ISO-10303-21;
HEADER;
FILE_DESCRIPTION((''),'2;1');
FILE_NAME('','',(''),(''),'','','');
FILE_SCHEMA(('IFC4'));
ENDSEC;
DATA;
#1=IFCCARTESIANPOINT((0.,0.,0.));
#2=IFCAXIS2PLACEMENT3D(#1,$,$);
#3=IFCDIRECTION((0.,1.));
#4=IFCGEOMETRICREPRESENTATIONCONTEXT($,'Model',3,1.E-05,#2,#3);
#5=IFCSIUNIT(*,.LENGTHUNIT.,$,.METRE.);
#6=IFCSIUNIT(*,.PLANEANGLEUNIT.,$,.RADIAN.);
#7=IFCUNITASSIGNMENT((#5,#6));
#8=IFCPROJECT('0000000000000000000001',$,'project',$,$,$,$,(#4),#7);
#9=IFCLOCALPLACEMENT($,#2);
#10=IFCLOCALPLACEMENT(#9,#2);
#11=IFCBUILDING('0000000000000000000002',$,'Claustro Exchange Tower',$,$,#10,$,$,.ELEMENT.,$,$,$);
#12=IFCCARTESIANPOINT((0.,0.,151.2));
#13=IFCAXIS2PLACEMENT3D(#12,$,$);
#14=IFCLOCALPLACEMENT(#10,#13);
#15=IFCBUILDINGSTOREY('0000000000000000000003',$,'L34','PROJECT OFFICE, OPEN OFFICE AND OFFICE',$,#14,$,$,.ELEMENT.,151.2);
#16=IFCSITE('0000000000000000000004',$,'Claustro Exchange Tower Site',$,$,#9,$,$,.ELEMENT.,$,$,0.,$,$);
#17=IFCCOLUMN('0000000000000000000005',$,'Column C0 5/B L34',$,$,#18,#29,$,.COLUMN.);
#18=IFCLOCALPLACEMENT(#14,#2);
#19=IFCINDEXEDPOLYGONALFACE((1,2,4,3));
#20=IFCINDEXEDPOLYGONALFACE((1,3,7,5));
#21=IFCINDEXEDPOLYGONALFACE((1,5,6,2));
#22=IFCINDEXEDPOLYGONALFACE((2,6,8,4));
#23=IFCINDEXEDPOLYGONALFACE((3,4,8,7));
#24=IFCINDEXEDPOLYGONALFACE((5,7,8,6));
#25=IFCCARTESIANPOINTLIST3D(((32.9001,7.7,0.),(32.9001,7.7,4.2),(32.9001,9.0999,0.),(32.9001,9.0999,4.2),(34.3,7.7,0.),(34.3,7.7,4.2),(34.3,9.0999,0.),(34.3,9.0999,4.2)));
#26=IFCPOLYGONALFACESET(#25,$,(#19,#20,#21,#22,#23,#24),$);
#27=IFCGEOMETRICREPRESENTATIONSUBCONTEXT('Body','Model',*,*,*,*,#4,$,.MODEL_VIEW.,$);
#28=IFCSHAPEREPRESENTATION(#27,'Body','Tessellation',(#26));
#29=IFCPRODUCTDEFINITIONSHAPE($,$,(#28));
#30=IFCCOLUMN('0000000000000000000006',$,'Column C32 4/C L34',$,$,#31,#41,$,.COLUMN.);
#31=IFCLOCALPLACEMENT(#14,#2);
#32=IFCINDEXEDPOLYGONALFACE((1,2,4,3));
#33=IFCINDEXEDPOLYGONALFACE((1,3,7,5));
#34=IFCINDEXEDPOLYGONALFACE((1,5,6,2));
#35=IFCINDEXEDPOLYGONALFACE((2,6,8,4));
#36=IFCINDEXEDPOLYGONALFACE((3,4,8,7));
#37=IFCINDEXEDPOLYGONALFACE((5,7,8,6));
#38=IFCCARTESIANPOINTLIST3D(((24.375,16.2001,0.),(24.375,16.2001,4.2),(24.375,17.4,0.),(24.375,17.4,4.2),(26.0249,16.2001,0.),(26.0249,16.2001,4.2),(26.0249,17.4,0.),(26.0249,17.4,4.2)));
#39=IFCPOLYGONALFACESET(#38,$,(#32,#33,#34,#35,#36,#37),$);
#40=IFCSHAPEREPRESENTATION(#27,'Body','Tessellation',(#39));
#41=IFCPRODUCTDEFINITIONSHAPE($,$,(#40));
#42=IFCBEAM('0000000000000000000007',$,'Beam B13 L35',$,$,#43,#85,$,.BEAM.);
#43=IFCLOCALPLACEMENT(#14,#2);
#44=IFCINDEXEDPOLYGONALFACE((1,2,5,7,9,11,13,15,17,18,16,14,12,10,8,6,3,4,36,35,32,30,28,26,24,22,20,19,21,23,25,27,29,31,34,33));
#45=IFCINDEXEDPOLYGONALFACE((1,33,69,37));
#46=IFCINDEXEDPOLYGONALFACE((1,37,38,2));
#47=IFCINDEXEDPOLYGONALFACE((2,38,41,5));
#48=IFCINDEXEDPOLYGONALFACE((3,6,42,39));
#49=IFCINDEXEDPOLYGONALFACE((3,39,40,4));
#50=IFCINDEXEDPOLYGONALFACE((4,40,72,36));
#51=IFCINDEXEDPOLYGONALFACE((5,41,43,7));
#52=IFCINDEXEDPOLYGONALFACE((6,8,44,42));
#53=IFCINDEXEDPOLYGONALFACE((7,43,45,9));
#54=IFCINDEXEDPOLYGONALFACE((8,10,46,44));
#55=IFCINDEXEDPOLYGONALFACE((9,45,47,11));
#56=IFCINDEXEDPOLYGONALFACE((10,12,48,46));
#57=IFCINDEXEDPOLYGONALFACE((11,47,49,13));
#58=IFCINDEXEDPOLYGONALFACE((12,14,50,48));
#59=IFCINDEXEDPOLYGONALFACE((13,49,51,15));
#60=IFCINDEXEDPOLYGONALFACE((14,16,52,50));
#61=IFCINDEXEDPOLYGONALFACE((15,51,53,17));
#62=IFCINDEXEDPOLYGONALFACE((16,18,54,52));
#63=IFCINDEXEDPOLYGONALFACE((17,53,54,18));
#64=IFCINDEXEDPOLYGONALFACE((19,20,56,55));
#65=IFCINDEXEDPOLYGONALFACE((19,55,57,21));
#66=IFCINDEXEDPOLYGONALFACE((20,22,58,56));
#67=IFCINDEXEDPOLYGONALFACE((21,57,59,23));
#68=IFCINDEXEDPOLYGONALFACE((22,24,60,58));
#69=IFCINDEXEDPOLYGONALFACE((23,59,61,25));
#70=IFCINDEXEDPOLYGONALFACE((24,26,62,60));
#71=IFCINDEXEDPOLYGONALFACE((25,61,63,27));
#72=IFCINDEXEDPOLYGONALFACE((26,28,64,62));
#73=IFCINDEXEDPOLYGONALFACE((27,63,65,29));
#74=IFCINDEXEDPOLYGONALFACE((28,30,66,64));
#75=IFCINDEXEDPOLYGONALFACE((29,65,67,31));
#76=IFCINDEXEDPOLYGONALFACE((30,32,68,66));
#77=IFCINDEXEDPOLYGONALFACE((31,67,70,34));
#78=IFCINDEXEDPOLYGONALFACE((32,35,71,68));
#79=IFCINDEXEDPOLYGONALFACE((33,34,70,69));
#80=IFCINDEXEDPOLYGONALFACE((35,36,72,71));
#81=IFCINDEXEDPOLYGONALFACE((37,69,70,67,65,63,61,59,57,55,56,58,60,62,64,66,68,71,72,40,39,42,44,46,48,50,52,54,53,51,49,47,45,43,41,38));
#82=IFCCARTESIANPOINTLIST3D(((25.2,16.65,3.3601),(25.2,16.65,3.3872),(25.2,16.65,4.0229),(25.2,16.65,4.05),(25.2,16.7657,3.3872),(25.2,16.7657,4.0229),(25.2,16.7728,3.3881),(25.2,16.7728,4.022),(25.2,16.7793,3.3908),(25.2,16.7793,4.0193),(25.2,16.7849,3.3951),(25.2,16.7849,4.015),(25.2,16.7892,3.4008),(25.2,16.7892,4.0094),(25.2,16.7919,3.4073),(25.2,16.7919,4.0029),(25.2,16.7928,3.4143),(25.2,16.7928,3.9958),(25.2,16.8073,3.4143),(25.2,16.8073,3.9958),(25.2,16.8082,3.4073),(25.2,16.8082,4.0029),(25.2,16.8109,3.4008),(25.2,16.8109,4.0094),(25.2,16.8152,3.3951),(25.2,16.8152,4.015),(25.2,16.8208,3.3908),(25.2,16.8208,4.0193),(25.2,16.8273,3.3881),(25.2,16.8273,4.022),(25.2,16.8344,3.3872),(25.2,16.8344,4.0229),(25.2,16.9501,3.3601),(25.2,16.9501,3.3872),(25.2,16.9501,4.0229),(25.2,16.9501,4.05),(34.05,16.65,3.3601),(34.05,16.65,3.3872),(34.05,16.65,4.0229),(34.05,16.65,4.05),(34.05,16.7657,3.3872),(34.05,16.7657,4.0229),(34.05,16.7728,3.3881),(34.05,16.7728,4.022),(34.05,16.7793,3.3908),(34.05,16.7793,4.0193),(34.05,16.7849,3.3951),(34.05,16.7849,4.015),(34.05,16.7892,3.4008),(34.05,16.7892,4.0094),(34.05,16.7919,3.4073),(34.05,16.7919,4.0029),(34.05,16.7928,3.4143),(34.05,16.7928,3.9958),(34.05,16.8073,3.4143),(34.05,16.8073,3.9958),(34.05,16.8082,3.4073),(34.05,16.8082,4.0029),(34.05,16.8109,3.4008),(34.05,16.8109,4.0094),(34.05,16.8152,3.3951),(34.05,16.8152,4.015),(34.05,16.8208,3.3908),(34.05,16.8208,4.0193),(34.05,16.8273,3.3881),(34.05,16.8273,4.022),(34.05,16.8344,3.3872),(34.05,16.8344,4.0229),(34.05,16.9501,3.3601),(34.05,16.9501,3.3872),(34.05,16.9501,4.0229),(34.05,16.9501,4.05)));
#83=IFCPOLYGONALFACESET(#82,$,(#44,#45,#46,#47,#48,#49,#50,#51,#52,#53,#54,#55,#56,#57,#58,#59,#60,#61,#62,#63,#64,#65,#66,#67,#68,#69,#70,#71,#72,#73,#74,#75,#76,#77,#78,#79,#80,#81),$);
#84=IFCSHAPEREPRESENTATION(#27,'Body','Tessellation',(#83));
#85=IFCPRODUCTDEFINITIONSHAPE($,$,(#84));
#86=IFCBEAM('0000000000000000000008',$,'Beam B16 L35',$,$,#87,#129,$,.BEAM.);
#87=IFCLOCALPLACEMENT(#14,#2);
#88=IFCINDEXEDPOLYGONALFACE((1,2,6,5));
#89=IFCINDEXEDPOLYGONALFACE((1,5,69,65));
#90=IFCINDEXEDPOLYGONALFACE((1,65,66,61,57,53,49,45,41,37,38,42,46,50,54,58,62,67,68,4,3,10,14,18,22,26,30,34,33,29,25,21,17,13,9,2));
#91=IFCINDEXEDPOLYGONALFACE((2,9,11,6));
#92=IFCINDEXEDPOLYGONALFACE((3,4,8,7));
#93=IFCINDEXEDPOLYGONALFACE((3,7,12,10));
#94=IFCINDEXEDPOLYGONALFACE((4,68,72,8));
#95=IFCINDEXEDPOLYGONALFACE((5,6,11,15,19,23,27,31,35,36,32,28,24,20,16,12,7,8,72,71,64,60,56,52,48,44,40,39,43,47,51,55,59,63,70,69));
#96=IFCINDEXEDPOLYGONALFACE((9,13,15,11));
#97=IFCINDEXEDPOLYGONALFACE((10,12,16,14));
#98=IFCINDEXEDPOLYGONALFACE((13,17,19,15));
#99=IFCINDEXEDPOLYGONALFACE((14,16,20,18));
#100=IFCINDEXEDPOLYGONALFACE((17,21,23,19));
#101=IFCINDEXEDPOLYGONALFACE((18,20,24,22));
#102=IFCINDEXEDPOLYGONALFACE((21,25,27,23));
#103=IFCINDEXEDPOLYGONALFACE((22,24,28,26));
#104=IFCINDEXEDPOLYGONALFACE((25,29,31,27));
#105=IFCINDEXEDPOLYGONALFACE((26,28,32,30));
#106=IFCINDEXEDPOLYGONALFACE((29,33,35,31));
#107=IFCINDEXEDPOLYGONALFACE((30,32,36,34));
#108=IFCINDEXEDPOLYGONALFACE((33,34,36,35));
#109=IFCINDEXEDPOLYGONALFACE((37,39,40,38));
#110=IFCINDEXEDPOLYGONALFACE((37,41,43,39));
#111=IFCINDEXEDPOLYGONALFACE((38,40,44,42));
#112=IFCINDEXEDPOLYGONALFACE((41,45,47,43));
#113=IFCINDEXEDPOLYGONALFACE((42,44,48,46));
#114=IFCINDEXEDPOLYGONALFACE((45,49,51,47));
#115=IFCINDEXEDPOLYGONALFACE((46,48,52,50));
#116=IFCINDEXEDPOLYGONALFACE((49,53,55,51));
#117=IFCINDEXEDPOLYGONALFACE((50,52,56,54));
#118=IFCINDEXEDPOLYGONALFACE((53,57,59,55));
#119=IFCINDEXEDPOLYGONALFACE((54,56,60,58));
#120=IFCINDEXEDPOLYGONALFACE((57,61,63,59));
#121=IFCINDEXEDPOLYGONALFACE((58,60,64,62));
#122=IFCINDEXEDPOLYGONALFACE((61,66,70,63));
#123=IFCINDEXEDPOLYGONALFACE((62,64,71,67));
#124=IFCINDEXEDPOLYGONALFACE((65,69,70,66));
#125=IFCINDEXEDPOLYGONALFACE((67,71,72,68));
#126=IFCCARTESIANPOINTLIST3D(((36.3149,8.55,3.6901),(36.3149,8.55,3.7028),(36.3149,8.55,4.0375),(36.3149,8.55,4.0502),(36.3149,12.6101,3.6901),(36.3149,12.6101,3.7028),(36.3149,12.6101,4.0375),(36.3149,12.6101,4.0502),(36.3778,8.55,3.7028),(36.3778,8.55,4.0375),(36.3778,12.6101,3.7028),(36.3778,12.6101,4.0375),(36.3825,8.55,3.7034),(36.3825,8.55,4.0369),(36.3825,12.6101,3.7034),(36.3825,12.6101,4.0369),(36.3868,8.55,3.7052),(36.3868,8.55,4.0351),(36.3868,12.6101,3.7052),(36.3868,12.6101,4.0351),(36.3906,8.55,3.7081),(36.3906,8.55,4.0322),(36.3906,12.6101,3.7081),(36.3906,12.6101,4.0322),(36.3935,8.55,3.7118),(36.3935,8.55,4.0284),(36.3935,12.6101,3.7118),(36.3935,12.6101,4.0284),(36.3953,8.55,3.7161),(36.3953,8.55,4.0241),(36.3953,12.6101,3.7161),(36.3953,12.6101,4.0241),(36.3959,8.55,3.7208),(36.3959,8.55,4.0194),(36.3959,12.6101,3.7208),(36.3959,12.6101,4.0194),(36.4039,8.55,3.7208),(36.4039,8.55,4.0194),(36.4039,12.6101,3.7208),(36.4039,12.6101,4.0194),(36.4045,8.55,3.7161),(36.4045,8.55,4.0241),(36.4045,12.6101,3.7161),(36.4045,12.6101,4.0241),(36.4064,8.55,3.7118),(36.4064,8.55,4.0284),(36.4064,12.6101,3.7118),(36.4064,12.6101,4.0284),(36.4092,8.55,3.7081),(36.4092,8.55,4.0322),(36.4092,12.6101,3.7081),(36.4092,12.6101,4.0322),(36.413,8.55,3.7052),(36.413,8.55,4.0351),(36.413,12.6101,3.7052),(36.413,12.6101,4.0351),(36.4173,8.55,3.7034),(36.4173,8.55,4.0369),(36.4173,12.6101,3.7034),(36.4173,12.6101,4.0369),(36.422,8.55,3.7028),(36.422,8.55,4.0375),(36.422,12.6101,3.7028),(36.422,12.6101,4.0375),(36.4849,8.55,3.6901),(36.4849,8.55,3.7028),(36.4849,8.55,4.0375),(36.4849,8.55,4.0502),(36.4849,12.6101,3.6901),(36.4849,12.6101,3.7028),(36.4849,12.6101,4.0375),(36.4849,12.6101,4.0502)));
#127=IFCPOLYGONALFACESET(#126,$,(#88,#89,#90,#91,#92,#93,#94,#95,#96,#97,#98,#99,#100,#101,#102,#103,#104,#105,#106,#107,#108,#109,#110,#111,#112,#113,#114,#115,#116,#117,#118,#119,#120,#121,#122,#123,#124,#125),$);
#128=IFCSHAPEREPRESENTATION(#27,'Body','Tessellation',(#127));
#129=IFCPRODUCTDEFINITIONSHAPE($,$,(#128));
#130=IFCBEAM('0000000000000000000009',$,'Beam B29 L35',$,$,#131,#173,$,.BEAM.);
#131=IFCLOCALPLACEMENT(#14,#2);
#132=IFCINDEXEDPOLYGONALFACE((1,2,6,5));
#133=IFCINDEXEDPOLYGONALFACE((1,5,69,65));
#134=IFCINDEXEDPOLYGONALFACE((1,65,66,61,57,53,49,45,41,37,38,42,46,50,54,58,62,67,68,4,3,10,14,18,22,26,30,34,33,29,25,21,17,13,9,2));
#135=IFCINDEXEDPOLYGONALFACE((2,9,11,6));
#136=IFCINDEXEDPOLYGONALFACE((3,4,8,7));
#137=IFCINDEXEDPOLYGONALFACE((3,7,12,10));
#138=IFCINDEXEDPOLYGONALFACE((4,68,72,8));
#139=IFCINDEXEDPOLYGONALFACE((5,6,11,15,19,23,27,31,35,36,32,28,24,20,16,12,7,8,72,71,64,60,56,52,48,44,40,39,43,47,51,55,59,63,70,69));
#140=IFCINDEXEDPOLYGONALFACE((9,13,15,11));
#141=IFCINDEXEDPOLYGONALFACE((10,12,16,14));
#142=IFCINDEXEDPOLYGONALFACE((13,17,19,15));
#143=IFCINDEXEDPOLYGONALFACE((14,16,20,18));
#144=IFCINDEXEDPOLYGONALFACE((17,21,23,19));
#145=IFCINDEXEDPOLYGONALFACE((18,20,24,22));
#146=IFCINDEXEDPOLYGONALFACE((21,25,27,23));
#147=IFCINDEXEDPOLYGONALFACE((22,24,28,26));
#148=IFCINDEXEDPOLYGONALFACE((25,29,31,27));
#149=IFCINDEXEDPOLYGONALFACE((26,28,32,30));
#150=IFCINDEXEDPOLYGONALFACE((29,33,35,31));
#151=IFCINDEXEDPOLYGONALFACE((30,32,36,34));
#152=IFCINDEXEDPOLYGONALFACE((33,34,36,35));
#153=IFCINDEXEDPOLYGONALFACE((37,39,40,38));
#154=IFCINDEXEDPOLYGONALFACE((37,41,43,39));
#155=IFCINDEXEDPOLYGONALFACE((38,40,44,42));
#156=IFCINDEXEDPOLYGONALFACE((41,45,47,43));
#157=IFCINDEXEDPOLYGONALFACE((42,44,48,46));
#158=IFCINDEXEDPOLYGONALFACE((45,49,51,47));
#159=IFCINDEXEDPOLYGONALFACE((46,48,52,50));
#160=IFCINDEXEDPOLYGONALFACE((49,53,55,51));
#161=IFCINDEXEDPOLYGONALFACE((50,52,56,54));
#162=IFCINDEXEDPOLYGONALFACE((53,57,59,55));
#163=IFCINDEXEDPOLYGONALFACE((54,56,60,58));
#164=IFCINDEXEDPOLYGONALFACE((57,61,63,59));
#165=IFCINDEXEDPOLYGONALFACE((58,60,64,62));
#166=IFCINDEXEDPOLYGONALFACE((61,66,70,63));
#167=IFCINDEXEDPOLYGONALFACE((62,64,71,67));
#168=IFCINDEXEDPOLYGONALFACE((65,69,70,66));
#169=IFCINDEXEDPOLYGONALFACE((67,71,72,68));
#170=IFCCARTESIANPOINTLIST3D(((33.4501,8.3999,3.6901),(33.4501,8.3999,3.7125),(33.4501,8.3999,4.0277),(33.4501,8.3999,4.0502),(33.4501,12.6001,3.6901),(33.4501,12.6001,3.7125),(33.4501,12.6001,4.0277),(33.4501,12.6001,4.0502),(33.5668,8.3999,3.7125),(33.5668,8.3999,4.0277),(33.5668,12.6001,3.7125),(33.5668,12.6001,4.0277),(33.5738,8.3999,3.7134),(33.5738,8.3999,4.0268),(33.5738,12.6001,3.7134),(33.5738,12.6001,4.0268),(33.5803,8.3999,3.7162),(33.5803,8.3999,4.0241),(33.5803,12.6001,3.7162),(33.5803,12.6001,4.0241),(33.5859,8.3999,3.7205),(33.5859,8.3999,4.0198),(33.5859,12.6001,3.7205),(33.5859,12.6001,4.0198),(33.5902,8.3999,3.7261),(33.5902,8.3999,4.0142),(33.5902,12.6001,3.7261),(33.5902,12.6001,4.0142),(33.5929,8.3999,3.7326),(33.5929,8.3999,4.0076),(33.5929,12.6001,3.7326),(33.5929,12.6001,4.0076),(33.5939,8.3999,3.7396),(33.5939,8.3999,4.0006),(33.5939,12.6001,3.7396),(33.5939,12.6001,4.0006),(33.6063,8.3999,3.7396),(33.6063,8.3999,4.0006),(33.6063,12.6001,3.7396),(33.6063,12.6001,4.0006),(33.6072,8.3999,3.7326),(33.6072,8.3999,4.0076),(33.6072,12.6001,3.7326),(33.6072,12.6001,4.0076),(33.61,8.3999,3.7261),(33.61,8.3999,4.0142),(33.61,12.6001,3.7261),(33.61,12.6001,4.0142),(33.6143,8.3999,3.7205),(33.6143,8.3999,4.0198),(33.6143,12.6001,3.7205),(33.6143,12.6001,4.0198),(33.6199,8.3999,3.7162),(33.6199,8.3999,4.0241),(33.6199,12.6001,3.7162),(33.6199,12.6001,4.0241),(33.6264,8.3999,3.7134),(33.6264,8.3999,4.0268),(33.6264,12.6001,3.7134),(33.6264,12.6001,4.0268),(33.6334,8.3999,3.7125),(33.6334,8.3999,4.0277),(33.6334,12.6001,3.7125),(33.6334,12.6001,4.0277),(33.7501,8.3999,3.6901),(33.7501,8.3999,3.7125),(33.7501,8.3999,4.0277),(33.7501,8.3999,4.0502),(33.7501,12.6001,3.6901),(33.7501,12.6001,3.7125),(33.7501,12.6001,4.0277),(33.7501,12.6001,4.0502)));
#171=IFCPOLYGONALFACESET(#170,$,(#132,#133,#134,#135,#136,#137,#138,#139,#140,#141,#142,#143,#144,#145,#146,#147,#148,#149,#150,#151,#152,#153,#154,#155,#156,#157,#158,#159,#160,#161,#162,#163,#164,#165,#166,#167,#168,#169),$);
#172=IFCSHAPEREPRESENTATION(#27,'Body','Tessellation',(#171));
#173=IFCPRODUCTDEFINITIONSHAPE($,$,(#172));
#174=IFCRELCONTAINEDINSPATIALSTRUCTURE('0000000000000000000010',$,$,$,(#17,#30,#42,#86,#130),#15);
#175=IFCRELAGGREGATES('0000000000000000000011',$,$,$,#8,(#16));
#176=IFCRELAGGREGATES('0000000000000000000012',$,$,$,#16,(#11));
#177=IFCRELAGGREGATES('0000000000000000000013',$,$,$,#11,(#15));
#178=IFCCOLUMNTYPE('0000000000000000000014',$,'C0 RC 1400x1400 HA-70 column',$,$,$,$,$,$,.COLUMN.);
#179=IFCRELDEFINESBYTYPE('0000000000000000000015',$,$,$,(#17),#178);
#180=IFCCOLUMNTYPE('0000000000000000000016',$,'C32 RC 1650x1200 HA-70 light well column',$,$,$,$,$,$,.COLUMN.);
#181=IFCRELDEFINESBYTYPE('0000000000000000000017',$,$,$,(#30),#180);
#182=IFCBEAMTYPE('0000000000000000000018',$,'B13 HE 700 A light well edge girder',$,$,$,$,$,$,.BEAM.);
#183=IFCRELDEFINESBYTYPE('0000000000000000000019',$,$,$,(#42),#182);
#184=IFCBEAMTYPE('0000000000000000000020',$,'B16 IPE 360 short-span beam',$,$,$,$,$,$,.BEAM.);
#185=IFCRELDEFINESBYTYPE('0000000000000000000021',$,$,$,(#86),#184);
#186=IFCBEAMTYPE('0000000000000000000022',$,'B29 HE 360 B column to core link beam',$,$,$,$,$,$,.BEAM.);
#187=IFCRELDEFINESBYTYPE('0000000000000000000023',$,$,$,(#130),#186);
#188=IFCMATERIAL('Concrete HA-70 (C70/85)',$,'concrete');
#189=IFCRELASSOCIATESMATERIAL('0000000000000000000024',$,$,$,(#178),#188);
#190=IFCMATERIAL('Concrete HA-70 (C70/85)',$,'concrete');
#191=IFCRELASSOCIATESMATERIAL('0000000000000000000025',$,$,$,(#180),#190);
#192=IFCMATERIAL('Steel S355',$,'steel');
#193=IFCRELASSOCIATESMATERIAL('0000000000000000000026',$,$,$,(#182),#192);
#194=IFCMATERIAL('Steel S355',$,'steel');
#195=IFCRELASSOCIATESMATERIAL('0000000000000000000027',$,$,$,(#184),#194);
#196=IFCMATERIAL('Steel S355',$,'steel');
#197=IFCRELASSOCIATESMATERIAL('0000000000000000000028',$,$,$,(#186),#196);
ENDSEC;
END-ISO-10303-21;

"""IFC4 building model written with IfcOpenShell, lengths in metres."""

from ifc_helpers import new_model, si_unit, direction, frame, origin, origin_2d, place, context, subcontext, project, spatial, rectangle, i_section, extrude, material, material_profile, profile_set, type_object, element, save


model = new_model("IFC4")

# Units and contexts
model_context = context("Model", 3, precision=1e-05, world=origin(), true_north=direction((0.0, 1.0)))
body_context = subcontext(model_context, "Body", "Model", "MODEL_VIEW")
ifc_project = project(units=[si_unit("LENGTHUNIT", "METRE"), si_unit("PLANEANGLEUNIT", "RADIAN")], contexts=[model_context])

# Site, building, storey
site_placement = place(None, origin())
site = spatial("IfcSite", under=ifc_project, at=site_placement, Name="Claustro Exchange Tower Site", CompositionType="ELEMENT", RefElevation=0.0)
building_placement = place(site_placement, origin())
building = spatial("IfcBuilding", under=site, at=building_placement, Name="Claustro Exchange Tower", CompositionType="ELEMENT")
storey_placement = place(building_placement, frame((0.0, 0.0, 151.2)))
storey = spatial("IfcBuildingStorey", under=building, at=storey_placement, Name="L34", Description="PROJECT OFFICE, OPEN OFFICE AND OFFICE", CompositionType="ELEMENT", Elevation=151.2)

# Columns
ifc_material_1 = material(Name="Concrete HA-70 (C70/85)", Category="concrete")
ifc_material_profile_1 = material_profile(ifc_material_1, rectangle(XDim=1.3999, YDim=1.3999, at=origin_2d()), Name="RC 1400x1400")
ifc_profile_set_1 = profile_set([ifc_material_profile_1], Name="Concrete HA-70 (C70/85)")
column_type_1 = type_object("IfcColumnType", Name="C0 RC 1400x1400 HA-70 column", PredefinedType="COLUMN", material=ifc_profile_set_1)
column_1_placement = place(storey_placement, frame((33.6001, 8.3999, 0.0), z_axis=(0.0, 0.0, 1.0), x_axis=(1.0, 0.0, 0.0)))
element("IfcColumn", 1, at=column_1_placement, inside=storey, type_object=column_type_1, Name="Column C0 5/B L34", PredefinedType="COLUMN", context=body_context, shape_type="SweptSolid", body=[
    extrude(rectangle(XDim=1.3999, YDim=1.3999, at=origin_2d()), origin(), (0.0, 0.0, 1.0), 4.2),
])
ifc_material_2 = material(Name="Concrete HA-70 (C70/85)", Category="concrete")
ifc_material_profile_2 = material_profile(ifc_material_2, rectangle(XDim=1.6499, YDim=1.2, at=origin_2d()), Name="RC 1650x1200")
ifc_profile_set_2 = profile_set([ifc_material_profile_2], Name="Concrete HA-70 (C70/85)")
column_type_2 = type_object("IfcColumnType", Name="C32 RC 1650x1200 HA-70 light well column", PredefinedType="COLUMN", material=ifc_profile_set_2)
column_2_placement = place(storey_placement, frame((25.2, 16.8, 0.0), z_axis=(0.0, 0.0, 1.0), x_axis=(1.0, 0.0, 0.0)))
element("IfcColumn", 2, at=column_2_placement, inside=storey, type_object=column_type_2, Name="Column C32 4/C L34", PredefinedType="COLUMN", context=body_context, shape_type="SweptSolid", body=[
    extrude(rectangle(XDim=1.6499, YDim=1.2, at=origin_2d()), origin(), (0.0, 0.0, 1.0), 4.2),
])

# Beams
ifc_material_3 = material(Name="Steel S355", Category="steel")
ifc_material_profile_3 = material_profile(ifc_material_3, i_section(OverallWidth=0.3, OverallDepth=0.6899, WebThickness=0.0144, FlangeThickness=0.0271, FilletRadius=0.0271, at=origin_2d()), Name="HE 700 A")
ifc_profile_set_3 = profile_set([ifc_material_profile_3], Name="Steel S355")
beam_type_1 = type_object("IfcBeamType", Name="B13 HE 700 A light well edge girder", PredefinedType="BEAM", material=ifc_profile_set_3)
beam_1_placement = place(storey_placement, frame((25.2, 16.8, 3.7051), z_axis=(1.0, 0.0, 0.0), x_axis=(0.0, 1.0, 0.0)))
element("IfcBeam", 3, at=beam_1_placement, inside=storey, type_object=beam_type_1, Name="Beam B13 L35", PredefinedType="BEAM", context=body_context, shape_type="SweptSolid", body=[
    extrude(i_section(OverallWidth=0.3, OverallDepth=0.6899, WebThickness=0.0144, FlangeThickness=0.0271, FilletRadius=0.0271, at=origin_2d()), origin(), (0.0, 0.0, 1.0), 8.8501),
])
ifc_material_4 = material(Name="Steel S355", Category="steel")
ifc_material_profile_4 = material_profile(ifc_material_4, i_section(OverallWidth=0.1699, OverallDepth=0.3601, WebThickness=0.0081, FlangeThickness=0.0127, FilletRadius=0.0181, at=origin_2d()), Name="IPE 360")
ifc_profile_set_4 = profile_set([ifc_material_profile_4], Name="Steel S355")
beam_type_2 = type_object("IfcBeamType", Name="B16 IPE 360 short-span beam", PredefinedType="BEAM", material=ifc_profile_set_4)
beam_2_placement = place(storey_placement, frame((36.3999, 8.55, 3.8701), z_axis=(0.0, 1.0, 0.0), x_axis=(-1.0, 0.0, 0.0)))
element("IfcBeam", 4, at=beam_2_placement, inside=storey, type_object=beam_type_2, Name="Beam B16 L35", PredefinedType="BEAM", context=body_context, shape_type="SweptSolid", body=[
    extrude(i_section(OverallWidth=0.1699, OverallDepth=0.3601, WebThickness=0.0081, FlangeThickness=0.0127, FilletRadius=0.0181, at=origin_2d()), origin(), (0.0, 0.0, 1.0), 4.0601),
])
ifc_material_5 = material(Name="Steel S355", Category="steel")
ifc_material_profile_5 = material_profile(ifc_material_5, i_section(OverallWidth=0.3, OverallDepth=0.3601, WebThickness=0.0125, FlangeThickness=0.0225, FilletRadius=0.0271, at=origin_2d()), Name="HE 360 B")
ifc_profile_set_5 = profile_set([ifc_material_profile_5], Name="Steel S355")
beam_type_3 = type_object("IfcBeamType", Name="B29 HE 360 B column to core link beam", PredefinedType="BEAM", material=ifc_profile_set_5)
beam_3_placement = place(storey_placement, frame((33.6001, 8.3999, 3.8701), z_axis=(0.0, 1.0, 0.0), x_axis=(-1.0, 0.0, 0.0)))
element("IfcBeam", 5, at=beam_3_placement, inside=storey, type_object=beam_type_3, Name="Beam B29 L35", PredefinedType="BEAM", context=body_context, shape_type="SweptSolid", body=[
    extrude(i_section(OverallWidth=0.3, OverallDepth=0.3601, WebThickness=0.0125, FlangeThickness=0.0225, FilletRadius=0.0271, at=origin_2d()), origin(), (0.0, 0.0, 1.0), 4.2002),
])

save(model, "model.ifc")
